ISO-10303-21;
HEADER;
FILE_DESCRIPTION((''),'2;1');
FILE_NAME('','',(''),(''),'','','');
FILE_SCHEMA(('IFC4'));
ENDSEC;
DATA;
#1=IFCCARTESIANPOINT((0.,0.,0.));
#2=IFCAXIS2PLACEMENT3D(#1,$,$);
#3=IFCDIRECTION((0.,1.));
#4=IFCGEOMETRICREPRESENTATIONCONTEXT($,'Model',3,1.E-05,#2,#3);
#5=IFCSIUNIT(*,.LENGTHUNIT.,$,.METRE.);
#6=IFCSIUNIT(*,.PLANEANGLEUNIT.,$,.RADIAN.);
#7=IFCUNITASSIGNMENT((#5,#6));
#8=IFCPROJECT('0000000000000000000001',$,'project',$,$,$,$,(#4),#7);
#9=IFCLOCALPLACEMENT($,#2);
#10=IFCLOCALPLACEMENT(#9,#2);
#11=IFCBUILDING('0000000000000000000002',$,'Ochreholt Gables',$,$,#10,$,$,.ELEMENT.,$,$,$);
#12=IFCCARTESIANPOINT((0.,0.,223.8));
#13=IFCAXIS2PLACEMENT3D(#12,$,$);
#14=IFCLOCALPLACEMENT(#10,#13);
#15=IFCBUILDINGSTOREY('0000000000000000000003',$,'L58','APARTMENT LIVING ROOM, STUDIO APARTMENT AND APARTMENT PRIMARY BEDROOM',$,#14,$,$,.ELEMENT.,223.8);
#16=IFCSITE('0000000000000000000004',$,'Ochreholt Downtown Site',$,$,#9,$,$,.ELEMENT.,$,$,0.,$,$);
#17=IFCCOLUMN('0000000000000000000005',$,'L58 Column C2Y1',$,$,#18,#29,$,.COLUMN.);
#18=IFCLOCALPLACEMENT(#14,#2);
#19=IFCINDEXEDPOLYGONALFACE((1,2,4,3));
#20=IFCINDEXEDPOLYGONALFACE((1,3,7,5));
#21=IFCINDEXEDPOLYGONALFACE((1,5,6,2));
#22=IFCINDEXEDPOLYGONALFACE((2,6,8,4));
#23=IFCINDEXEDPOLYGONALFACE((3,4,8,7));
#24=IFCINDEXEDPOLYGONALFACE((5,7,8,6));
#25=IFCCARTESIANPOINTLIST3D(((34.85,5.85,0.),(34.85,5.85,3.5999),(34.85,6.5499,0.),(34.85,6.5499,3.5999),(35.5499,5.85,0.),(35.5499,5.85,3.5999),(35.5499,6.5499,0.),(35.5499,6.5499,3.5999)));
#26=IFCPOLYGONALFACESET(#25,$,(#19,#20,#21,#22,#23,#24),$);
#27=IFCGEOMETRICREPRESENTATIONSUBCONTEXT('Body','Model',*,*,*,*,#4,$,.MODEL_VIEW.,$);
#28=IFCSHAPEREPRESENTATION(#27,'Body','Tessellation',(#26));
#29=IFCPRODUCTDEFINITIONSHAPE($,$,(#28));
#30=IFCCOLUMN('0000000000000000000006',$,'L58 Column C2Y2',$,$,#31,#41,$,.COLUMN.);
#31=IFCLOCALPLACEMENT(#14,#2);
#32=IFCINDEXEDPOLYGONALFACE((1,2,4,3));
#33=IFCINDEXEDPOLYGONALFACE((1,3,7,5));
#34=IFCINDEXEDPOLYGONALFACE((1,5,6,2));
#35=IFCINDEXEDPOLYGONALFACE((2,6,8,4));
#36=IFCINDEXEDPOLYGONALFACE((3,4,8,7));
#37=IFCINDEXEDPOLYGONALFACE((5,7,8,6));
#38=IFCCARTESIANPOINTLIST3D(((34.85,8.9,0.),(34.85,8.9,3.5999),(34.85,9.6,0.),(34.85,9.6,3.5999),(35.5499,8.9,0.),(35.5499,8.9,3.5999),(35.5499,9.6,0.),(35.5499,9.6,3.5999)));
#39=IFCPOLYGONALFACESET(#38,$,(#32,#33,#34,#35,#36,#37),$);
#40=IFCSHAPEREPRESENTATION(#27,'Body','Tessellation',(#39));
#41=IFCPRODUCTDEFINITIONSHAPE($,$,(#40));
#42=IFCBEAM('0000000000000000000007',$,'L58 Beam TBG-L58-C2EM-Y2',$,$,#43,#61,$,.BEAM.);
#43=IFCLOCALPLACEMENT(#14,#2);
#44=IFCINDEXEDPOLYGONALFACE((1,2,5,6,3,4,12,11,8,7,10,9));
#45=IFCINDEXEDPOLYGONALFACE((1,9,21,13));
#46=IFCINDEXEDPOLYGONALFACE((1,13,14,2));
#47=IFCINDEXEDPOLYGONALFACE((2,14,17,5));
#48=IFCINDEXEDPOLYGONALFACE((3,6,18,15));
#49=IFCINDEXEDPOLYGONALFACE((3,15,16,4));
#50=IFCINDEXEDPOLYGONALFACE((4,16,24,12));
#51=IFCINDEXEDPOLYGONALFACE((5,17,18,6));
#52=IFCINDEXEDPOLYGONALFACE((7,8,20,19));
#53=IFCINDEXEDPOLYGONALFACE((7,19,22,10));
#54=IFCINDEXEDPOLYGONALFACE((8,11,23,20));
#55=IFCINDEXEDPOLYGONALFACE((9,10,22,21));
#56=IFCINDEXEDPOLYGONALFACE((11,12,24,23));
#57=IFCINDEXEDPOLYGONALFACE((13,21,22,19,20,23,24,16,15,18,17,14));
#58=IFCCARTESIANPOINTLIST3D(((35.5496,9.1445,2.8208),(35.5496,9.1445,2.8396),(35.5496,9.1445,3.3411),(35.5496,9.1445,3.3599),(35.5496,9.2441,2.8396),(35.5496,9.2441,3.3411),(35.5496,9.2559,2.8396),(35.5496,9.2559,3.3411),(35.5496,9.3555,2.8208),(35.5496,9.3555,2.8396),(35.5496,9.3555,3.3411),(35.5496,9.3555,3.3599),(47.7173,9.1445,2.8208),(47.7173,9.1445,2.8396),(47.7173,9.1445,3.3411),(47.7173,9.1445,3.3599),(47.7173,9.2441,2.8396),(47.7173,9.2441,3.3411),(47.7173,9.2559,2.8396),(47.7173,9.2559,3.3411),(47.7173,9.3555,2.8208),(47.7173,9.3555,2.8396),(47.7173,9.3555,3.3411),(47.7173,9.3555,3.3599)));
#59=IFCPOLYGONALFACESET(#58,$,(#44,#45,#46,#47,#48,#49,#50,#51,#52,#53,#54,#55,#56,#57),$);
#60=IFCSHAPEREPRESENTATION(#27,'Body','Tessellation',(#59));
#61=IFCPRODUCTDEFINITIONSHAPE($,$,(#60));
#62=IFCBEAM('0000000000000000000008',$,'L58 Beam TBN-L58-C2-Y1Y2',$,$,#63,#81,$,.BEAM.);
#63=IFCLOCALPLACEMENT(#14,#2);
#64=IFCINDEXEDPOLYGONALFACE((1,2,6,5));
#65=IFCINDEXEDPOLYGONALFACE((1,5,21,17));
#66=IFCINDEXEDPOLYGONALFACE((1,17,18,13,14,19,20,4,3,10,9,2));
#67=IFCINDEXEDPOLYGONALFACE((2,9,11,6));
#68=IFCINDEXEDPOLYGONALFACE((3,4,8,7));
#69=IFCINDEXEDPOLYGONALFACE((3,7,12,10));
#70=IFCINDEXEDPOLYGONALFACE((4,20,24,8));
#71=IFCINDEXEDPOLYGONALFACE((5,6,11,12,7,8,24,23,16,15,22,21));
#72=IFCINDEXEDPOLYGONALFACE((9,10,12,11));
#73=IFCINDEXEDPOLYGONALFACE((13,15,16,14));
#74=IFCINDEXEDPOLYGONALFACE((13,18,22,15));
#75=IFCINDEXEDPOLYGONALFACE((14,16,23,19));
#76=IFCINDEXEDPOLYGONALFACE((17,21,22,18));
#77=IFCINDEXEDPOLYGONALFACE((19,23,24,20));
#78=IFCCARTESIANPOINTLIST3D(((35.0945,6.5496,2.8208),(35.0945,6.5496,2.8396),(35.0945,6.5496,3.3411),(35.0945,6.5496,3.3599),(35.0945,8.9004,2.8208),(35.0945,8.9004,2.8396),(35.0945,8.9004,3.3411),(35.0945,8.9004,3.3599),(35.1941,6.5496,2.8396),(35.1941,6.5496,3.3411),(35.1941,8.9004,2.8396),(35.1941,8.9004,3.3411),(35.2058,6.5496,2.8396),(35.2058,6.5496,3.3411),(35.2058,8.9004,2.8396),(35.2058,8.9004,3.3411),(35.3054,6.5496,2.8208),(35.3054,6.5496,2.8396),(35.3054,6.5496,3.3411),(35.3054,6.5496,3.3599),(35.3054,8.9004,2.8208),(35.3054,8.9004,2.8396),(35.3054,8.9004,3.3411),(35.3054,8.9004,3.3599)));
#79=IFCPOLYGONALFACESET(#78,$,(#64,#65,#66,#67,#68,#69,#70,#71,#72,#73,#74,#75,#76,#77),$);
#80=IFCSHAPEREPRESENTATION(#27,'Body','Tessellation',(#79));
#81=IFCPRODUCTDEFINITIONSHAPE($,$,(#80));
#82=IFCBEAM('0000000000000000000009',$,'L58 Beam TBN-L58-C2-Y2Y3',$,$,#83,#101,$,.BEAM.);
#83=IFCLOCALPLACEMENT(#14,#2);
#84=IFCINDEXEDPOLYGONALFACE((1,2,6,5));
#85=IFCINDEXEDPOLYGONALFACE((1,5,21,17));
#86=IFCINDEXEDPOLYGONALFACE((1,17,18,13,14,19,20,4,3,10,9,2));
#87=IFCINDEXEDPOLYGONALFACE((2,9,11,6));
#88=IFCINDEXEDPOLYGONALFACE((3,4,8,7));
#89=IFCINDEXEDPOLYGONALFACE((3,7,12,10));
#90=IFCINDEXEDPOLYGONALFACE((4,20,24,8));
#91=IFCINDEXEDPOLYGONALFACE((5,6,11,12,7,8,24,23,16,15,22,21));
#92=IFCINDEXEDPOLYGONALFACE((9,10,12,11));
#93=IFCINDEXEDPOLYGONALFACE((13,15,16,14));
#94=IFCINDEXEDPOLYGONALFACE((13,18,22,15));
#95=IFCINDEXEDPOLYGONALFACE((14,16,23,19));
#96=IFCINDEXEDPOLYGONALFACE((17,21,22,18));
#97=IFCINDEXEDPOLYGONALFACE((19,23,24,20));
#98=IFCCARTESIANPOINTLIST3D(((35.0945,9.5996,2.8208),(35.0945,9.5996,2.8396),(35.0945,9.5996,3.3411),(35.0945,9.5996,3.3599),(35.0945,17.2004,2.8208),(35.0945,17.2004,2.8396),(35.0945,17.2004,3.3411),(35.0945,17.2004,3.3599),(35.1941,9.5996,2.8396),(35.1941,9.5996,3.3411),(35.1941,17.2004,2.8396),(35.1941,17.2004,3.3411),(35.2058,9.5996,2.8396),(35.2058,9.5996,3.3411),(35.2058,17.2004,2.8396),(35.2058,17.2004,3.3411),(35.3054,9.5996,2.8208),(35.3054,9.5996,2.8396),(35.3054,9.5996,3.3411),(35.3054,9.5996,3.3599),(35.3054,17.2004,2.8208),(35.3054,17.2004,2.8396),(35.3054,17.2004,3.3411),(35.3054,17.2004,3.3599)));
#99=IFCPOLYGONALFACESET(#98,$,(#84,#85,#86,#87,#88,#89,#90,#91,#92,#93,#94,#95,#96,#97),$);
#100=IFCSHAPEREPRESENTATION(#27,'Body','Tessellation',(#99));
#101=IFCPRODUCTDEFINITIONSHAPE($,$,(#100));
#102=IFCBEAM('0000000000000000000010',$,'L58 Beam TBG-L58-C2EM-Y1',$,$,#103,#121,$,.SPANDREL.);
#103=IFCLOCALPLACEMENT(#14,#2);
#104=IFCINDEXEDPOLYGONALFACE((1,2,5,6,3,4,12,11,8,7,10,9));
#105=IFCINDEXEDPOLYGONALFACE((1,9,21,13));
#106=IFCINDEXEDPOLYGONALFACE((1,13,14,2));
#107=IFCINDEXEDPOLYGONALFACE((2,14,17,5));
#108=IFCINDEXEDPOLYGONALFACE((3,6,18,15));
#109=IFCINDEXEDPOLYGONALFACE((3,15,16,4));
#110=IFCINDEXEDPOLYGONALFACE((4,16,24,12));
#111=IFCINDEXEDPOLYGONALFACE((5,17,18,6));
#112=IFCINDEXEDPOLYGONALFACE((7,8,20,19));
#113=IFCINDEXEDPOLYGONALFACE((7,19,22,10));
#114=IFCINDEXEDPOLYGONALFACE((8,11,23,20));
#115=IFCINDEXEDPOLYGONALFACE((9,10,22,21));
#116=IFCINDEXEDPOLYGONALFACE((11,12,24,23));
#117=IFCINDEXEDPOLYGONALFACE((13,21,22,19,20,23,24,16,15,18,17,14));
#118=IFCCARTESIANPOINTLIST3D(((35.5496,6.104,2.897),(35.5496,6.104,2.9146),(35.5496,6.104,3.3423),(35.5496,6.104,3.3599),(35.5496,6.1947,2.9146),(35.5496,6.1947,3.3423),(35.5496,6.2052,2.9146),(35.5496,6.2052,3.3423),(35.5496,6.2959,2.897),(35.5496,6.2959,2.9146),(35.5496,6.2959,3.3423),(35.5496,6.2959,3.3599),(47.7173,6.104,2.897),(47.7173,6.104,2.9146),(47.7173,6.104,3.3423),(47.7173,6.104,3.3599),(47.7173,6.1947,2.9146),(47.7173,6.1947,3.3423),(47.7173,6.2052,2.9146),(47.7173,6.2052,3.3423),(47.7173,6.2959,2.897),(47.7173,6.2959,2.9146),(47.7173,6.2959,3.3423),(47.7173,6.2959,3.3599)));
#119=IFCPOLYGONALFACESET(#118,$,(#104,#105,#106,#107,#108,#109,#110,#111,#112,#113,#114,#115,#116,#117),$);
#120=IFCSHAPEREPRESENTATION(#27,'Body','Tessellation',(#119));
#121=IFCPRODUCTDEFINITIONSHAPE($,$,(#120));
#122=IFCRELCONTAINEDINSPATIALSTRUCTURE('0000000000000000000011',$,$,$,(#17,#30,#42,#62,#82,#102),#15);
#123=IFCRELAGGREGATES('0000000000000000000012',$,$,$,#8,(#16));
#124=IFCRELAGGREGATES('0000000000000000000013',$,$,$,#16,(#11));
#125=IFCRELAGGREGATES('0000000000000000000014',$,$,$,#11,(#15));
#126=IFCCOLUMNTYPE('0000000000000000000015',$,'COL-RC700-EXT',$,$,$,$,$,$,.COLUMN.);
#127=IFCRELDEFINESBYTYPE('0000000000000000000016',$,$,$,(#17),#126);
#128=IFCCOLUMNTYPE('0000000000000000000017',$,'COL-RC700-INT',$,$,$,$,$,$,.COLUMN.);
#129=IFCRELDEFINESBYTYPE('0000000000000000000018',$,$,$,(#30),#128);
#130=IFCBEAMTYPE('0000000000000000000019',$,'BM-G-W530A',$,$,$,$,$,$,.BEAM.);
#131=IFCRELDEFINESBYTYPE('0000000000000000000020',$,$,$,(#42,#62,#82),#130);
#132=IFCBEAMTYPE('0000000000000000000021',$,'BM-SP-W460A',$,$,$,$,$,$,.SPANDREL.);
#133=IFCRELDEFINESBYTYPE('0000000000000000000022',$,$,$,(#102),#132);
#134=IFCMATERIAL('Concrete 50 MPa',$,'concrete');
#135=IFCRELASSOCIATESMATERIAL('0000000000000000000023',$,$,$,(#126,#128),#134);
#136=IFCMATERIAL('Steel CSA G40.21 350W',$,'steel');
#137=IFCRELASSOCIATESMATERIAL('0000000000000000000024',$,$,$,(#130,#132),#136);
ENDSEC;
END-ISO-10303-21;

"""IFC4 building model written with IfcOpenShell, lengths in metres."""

from ifc_helpers import new_model, si_unit, direction, frame, origin, origin_2d, place, context, subcontext, project, spatial, rectangle, i_section, extrude, material, material_profile, profile_set, type_object, element, save


model = new_model("IFC4")

# Units and contexts
model_context = context("Model", 3, precision=1e-05, world=origin(), true_north=direction((0.0, 1.0)))
body_context = subcontext(model_context, "Body", "Model", "MODEL_VIEW")
ifc_project = project(units=[si_unit("LENGTHUNIT", "METRE"), si_unit("PLANEANGLEUNIT", "RADIAN")], contexts=[model_context])

# Site, building, storey
site_placement = place(None, origin())
site = spatial("IfcSite", under=ifc_project, at=site_placement, Name="Ochreholt Downtown Site", CompositionType="ELEMENT", RefElevation=0.0)
building_placement = place(site_placement, origin())
building = spatial("IfcBuilding", under=site, at=building_placement, Name="Ochreholt Gables", CompositionType="ELEMENT")
storey_placement = place(building_placement, frame((0.0, 0.0, 223.8)))
storey = spatial("IfcBuildingStorey", under=building, at=storey_placement, Name="L58", Description="APARTMENT LIVING ROOM, STUDIO APARTMENT AND APARTMENT PRIMARY BEDROOM", CompositionType="ELEMENT", Elevation=223.8)

# Columns
ifc_material_1 = material(Name="Concrete 50 MPa", Category="concrete")
ifc_material_profile_1 = material_profile(ifc_material_1, rectangle(XDim=0.7, YDim=0.7, at=origin_2d()), Name="RC700X700")
ifc_profile_set_1 = profile_set([ifc_material_profile_1], Name="Concrete 50 MPa")
column_type_1 = type_object("IfcColumnType", Name="COL-RC700-EXT", PredefinedType="COLUMN", material=ifc_profile_set_1)
column_1_placement = place(storey_placement, frame((35.2, 6.2, 0.0), z_axis=(0.0, 0.0, 1.0), x_axis=(1.0, 0.0, 0.0)))
element("IfcColumn", 1, at=column_1_placement, inside=storey, type_object=column_type_1, Name="L58 Column C2Y1", PredefinedType="COLUMN", context=body_context, shape_type="SweptSolid", body=[
    extrude(rectangle(XDim=0.7, YDim=0.7, at=origin_2d()), origin(), (0.0, 0.0, 1.0), 3.5999),
])
ifc_material_profile_2 = material_profile(ifc_material_1, rectangle(XDim=0.7, YDim=0.7, at=origin_2d()), Name="RC700X700")
ifc_profile_set_2 = profile_set([ifc_material_profile_2], Name="Concrete 50 MPa")
column_type_2 = type_object("IfcColumnType", Name="COL-RC700-INT", PredefinedType="COLUMN", material=ifc_profile_set_2)
column_2_placement = place(storey_placement, frame((35.2, 9.25, 0.0), z_axis=(0.0, 0.0, 1.0), x_axis=(1.0, 0.0, 0.0)))
element("IfcColumn", 2, at=column_2_placement, inside=storey, type_object=column_type_2, Name="L58 Column C2Y2", PredefinedType="COLUMN", context=body_context, shape_type="SweptSolid", body=[
    extrude(rectangle(XDim=0.7, YDim=0.7, at=origin_2d()), origin(), (0.0, 0.0, 1.0), 3.5999),
])

# Beams
ifc_material_2 = material(Name="Steel CSA G40.21 350W", Category="steel")
ifc_material_profile_3 = material_profile(ifc_material_2, i_section(OverallWidth=0.2109, OverallDepth=0.5391, WebThickness=0.0117, FlangeThickness=0.0188, at=origin_2d()), Name="W530X109")
ifc_profile_set_3 = profile_set([ifc_material_profile_3], Name="Steel CSA G40.21 350W")
beam_type_1 = type_object("IfcBeamType", Name="BM-G-W530A", PredefinedType="BEAM", material=ifc_profile_set_3)
beam_1_placement = place(storey_placement, frame((35.5496, 9.25, 3.0903), z_axis=(1.0, 0.0, 0.0), x_axis=(0.0, 1.0, 0.0)))
element("IfcBeam", 3, at=beam_1_placement, inside=storey, type_object=beam_type_1, Name="L58 Beam TBG-L58-C2EM-Y2", PredefinedType="BEAM", context=body_context, shape_type="SweptSolid", body=[
    extrude(i_section(OverallWidth=0.2109, OverallDepth=0.5391, WebThickness=0.0117, FlangeThickness=0.0188, at=origin_2d()), origin(), (0.0, 0.0, 1.0), 12.1677),
])
beam_2_placement = place(storey_placement, frame((35.2, 6.5496, 3.0903), z_axis=(0.0, 1.0, 0.0), x_axis=(-1.0, 0.0, 0.0)))
element("IfcBeam", 4, at=beam_2_placement, inside=storey, type_object=beam_type_1, Name="L58 Beam TBN-L58-C2-Y1Y2", PredefinedType="BEAM", context=body_context, shape_type="SweptSolid", body=[
    extrude(i_section(OverallWidth=0.2109, OverallDepth=0.5391, WebThickness=0.0117, FlangeThickness=0.0188, at=origin_2d()), origin(), (0.0, 0.0, 1.0), 2.3508),
])
beam_3_placement = place(storey_placement, frame((35.2, 9.5996, 3.0903), z_axis=(0.0, 1.0, 0.0), x_axis=(-1.0, 0.0, 0.0)))
element("IfcBeam", 5, at=beam_3_placement, inside=storey, type_object=beam_type_1, Name="L58 Beam TBN-L58-C2-Y2Y3", PredefinedType="BEAM", context=body_context, shape_type="SweptSolid", body=[
    extrude(i_section(OverallWidth=0.2109, OverallDepth=0.5391, WebThickness=0.0117, FlangeThickness=0.0188, at=origin_2d()), origin(), (0.0, 0.0, 1.0), 7.6008),
])
ifc_material_profile_4 = material_profile(ifc_material_2, i_section(OverallWidth=0.1919, OverallDepth=0.4629, WebThickness=0.0105, FlangeThickness=0.0176, at=origin_2d()), Name="W460X89")
ifc_profile_set_4 = profile_set([ifc_material_profile_4], Name="Steel CSA G40.21 350W")
beam_type_2 = type_object("IfcBeamType", Name="BM-SP-W460A", PredefinedType="SPANDREL", material=ifc_profile_set_4)
beam_4_placement = place(storey_placement, frame((35.5496, 6.2, 3.1284), z_axis=(1.0, 0.0, 0.0), x_axis=(0.0, 1.0, 0.0)))
element("IfcBeam", 6, at=beam_4_placement, inside=storey, type_object=beam_type_2, Name="L58 Beam TBG-L58-C2EM-Y1", PredefinedType="SPANDREL", context=body_context, shape_type="SweptSolid", body=[
    extrude(i_section(OverallWidth=0.1919, OverallDepth=0.4629, WebThickness=0.0105, FlangeThickness=0.0176, at=origin_2d()), origin(), (0.0, 0.0, 1.0), 12.1677),
])

save(model, "model.ifc")
